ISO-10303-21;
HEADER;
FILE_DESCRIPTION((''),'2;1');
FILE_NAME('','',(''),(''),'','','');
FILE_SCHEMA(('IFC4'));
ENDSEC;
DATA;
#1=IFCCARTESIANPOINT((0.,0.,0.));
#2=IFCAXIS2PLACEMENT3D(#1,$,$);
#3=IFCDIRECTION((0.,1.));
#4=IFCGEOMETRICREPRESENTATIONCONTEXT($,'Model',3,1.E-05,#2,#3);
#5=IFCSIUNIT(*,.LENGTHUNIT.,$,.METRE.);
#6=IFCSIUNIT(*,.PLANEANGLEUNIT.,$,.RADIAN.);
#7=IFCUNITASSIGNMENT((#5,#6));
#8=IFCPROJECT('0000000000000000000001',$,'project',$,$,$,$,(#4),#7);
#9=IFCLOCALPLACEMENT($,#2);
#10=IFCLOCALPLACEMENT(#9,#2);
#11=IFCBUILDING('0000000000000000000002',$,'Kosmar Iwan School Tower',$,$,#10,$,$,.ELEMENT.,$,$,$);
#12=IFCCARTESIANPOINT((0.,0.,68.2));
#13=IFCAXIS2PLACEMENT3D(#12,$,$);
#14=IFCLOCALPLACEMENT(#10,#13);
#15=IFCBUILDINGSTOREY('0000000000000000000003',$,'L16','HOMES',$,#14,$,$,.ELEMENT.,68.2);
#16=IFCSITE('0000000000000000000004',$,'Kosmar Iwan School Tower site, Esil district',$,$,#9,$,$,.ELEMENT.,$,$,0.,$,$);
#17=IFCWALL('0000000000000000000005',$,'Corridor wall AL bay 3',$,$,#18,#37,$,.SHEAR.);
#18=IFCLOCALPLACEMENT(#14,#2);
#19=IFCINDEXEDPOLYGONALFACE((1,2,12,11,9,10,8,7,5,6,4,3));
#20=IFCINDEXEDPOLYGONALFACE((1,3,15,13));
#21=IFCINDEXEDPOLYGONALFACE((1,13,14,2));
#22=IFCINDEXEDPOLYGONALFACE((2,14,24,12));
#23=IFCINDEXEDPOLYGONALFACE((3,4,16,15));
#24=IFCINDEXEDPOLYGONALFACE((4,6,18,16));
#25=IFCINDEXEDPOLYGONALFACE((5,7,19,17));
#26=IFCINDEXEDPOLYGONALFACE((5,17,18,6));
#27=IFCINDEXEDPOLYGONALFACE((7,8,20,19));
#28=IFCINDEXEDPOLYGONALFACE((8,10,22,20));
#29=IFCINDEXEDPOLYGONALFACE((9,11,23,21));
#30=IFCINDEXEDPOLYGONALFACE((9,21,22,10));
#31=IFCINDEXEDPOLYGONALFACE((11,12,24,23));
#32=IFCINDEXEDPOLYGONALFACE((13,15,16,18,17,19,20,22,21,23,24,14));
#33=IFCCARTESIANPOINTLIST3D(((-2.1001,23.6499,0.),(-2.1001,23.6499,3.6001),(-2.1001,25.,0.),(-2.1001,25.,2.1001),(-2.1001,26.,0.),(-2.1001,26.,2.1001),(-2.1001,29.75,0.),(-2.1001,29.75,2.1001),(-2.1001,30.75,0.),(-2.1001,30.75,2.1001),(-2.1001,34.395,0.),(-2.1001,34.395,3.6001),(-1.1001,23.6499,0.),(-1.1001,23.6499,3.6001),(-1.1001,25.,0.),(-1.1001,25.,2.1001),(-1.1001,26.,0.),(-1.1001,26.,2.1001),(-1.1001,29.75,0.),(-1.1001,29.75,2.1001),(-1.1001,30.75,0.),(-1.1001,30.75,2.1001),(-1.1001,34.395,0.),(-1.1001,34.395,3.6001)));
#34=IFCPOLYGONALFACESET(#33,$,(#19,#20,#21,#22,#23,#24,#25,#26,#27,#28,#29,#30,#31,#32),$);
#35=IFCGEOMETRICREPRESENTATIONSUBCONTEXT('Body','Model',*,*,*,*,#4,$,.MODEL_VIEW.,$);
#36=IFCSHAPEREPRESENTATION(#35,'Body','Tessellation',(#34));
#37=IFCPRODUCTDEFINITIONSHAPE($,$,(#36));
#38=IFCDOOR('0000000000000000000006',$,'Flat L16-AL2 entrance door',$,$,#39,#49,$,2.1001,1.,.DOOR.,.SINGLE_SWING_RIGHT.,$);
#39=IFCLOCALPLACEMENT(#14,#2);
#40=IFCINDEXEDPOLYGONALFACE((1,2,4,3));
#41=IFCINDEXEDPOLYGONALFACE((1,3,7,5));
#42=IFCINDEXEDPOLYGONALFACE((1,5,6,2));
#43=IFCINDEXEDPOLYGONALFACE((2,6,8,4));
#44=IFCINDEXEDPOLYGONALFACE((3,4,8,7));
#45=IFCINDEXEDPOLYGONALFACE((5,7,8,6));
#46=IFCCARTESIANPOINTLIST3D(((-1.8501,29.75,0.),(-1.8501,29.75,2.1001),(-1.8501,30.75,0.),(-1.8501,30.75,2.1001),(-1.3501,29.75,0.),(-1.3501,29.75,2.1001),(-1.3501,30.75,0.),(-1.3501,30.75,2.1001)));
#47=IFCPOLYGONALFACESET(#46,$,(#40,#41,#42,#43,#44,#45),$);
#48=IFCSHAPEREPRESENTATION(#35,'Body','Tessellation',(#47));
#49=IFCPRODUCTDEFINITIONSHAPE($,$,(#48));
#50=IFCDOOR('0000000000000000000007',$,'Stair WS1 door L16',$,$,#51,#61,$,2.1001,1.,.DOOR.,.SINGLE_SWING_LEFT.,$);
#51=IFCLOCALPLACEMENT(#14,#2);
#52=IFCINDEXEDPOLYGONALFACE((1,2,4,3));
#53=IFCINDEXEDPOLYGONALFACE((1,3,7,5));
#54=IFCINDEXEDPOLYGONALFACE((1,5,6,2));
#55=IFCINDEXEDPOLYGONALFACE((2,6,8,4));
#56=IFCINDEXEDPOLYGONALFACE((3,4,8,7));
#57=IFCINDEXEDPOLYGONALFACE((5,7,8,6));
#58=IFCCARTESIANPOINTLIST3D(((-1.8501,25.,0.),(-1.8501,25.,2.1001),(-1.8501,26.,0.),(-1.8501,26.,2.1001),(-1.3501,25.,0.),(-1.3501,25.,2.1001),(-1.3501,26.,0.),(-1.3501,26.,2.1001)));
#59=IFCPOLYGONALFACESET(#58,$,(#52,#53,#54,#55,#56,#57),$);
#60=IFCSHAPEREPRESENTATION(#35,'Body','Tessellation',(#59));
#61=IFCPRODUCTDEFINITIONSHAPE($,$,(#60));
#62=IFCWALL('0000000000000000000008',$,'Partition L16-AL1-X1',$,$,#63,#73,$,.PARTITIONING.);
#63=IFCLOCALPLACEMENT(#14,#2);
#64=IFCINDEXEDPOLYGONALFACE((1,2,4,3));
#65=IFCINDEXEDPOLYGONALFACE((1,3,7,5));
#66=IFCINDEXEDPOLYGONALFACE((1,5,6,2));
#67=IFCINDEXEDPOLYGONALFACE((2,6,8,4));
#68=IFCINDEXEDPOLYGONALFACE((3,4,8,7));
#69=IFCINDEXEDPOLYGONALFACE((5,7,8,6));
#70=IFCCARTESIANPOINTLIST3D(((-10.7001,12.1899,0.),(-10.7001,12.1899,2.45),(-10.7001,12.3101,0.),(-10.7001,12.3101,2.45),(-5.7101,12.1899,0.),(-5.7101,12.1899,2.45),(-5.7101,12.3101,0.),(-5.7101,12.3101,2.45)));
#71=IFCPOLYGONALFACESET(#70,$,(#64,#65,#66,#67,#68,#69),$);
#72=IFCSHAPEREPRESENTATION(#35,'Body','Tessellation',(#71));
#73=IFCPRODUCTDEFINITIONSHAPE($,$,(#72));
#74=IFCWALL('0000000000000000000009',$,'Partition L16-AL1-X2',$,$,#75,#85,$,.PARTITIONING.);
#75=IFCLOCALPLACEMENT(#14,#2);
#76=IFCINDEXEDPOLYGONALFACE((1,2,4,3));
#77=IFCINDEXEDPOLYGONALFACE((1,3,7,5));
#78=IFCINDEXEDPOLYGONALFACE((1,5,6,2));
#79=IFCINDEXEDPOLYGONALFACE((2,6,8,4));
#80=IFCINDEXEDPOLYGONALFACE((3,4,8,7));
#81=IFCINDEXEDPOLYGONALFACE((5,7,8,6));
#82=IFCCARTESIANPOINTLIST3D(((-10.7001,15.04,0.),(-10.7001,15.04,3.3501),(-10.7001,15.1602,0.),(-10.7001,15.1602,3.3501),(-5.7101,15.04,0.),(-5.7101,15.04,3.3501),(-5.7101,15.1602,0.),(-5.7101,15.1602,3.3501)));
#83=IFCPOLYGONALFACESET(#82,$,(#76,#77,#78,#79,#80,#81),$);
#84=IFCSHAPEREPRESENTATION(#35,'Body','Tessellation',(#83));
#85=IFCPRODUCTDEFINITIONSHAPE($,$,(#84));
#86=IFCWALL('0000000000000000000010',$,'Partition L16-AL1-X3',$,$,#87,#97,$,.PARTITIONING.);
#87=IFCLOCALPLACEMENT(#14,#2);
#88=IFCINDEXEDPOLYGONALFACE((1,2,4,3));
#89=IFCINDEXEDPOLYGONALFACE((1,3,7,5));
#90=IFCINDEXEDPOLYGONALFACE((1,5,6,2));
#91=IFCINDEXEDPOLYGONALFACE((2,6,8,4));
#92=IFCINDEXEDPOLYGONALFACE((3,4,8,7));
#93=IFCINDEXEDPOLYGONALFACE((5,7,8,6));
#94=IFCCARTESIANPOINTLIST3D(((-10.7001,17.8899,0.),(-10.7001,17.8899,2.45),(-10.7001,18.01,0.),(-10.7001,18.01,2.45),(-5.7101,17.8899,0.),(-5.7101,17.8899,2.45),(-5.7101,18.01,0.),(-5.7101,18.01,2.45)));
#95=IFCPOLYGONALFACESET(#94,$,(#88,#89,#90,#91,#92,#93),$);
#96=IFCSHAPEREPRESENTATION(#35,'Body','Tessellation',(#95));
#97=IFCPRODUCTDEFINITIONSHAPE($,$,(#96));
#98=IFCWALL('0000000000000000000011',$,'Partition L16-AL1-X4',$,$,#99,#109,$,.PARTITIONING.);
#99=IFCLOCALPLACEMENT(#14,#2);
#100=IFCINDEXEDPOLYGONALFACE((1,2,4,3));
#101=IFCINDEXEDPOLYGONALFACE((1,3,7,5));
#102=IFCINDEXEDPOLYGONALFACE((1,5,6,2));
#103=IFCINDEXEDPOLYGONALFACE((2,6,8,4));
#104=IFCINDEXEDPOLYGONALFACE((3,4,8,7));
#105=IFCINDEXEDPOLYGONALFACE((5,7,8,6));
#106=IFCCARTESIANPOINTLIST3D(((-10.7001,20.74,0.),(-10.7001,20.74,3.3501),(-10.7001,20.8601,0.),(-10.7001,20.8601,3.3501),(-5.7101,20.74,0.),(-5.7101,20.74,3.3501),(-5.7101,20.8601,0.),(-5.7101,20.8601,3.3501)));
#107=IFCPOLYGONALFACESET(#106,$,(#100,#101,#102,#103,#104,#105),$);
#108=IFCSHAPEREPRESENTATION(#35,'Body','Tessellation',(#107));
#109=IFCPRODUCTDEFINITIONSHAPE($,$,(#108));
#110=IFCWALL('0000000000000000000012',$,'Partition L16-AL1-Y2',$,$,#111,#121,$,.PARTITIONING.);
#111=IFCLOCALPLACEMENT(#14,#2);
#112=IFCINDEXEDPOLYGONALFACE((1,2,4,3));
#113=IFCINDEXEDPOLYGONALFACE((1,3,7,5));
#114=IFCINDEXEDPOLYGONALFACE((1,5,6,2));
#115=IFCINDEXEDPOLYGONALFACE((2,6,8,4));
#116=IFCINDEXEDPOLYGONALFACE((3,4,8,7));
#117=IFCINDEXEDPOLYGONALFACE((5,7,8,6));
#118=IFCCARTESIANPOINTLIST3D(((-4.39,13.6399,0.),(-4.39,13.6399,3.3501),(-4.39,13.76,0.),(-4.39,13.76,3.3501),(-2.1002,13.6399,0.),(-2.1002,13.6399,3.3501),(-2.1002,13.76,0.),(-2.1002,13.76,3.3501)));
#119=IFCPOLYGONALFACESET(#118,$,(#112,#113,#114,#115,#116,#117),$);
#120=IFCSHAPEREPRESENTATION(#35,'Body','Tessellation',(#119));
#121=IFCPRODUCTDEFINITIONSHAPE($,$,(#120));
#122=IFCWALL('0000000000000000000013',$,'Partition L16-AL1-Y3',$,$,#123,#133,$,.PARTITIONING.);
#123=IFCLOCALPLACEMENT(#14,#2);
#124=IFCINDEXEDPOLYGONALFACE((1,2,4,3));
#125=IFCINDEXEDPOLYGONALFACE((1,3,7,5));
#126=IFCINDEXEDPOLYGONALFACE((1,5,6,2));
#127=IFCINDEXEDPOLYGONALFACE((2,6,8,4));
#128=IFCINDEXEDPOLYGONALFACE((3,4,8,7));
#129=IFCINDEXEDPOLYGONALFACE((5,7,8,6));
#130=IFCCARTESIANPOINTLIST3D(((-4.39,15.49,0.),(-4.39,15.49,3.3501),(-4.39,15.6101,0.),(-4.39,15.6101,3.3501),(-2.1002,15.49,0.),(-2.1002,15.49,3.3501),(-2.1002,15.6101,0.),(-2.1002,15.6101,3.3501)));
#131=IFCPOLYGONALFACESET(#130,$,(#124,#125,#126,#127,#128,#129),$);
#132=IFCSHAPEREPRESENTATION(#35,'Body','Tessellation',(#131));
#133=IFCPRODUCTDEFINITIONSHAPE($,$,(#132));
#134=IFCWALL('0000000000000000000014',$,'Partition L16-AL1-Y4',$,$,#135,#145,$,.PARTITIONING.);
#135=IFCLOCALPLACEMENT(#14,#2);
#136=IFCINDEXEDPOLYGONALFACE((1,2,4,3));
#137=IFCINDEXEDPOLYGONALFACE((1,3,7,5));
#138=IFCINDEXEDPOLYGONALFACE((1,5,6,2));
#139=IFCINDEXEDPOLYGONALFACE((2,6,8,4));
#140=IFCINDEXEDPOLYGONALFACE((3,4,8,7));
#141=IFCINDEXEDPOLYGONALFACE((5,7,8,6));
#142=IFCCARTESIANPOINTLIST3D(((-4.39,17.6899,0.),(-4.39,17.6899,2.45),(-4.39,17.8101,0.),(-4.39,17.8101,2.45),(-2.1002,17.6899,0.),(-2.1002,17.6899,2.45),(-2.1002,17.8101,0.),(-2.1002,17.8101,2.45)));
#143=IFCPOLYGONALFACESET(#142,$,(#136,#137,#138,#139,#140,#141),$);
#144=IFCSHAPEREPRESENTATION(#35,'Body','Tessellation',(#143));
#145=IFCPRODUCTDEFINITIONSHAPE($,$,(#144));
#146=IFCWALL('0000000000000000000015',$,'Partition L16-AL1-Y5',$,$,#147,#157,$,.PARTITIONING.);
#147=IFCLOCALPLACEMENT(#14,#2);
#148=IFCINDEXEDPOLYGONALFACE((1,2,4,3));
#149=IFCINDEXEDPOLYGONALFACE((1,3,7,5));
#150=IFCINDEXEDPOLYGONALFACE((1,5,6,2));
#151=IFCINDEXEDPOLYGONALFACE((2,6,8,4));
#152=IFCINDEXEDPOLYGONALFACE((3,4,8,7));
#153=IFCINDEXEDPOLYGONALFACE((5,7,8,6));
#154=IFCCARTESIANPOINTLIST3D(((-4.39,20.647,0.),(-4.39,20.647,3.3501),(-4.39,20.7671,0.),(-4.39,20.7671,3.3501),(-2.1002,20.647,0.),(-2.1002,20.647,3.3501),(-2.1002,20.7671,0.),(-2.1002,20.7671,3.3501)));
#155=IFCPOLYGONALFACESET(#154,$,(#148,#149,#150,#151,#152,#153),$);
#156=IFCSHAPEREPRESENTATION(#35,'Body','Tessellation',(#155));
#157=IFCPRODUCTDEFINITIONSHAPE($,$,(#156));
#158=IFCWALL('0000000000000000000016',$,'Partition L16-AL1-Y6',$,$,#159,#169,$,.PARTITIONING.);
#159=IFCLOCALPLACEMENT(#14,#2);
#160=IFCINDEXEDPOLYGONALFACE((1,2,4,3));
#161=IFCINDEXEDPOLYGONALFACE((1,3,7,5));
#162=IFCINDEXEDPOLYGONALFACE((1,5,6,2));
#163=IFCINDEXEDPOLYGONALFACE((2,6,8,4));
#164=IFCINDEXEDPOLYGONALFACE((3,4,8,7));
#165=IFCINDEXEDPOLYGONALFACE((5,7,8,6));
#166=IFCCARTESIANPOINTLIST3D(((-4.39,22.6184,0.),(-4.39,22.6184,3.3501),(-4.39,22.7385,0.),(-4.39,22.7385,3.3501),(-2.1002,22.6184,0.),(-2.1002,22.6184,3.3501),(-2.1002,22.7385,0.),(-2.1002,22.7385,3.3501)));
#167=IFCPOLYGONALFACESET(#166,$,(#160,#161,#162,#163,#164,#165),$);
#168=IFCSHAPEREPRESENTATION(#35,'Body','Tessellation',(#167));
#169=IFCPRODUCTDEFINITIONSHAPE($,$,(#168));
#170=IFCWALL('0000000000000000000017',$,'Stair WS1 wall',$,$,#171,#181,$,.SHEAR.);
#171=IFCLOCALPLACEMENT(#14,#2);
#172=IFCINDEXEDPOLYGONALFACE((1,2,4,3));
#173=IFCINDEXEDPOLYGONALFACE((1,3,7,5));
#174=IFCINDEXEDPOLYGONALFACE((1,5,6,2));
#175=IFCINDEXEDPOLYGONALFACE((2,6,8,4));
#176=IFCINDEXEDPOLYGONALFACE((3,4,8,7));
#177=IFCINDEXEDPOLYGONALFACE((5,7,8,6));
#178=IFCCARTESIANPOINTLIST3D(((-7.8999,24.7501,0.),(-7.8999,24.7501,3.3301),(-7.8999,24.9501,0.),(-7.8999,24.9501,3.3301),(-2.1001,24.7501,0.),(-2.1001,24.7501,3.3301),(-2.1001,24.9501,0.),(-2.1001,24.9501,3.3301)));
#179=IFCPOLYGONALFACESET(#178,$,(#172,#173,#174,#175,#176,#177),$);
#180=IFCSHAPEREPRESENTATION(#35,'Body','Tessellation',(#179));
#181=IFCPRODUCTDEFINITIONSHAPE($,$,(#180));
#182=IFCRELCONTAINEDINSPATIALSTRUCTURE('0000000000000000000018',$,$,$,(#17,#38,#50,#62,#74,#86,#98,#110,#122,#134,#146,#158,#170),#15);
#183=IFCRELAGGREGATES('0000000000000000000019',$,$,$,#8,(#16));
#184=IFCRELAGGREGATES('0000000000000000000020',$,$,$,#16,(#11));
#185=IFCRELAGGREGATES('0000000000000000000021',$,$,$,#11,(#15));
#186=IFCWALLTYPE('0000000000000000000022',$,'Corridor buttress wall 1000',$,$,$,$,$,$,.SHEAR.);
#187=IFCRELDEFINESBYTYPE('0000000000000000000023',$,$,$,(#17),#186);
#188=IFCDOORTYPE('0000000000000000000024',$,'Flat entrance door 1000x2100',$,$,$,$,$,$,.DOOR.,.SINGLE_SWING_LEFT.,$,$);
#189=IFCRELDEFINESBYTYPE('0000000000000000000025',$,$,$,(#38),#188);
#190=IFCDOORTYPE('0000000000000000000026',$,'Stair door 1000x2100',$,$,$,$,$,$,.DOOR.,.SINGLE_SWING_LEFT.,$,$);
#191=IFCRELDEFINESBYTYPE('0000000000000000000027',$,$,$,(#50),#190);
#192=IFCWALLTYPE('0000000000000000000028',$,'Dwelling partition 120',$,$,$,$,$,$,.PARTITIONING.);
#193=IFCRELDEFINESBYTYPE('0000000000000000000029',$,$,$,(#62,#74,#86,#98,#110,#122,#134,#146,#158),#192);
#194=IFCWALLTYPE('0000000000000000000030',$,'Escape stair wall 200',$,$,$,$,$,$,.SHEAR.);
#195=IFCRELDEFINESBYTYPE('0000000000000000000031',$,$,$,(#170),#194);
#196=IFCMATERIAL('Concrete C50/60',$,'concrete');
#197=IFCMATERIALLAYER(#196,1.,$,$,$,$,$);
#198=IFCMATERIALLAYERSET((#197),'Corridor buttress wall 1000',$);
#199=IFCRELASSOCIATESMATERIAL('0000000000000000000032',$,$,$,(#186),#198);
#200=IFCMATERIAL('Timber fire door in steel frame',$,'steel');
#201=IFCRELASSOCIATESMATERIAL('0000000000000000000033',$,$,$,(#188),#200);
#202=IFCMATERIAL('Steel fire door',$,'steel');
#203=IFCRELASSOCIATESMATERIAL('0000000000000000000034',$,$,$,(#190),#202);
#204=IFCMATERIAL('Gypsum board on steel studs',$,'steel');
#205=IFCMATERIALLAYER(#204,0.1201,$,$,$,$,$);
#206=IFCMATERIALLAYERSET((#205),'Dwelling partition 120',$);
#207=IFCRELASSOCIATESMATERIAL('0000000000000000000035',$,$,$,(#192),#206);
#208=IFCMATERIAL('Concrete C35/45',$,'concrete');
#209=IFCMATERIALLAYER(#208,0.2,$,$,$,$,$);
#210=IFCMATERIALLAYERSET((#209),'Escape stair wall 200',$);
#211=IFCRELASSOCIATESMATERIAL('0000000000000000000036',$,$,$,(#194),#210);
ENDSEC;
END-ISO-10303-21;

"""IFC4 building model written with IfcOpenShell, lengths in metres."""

from ifc_helpers import new_model, si_unit, direction, frame, frame_2d, origin, place, context, subcontext, project, spatial, rectangle, extrude, material, layer, layer_set, type_object, element, fill, save


model = new_model("IFC4")

# Units and contexts
model_context = context("Model", 3, precision=1e-05, world=origin(), true_north=direction((0.0, 1.0)))
body_context = subcontext(model_context, "Body", "Model", "MODEL_VIEW")
ifc_project = project(units=[si_unit("LENGTHUNIT", "METRE"), si_unit("PLANEANGLEUNIT", "RADIAN")], contexts=[model_context])

# Site, building, storey
site_placement = place(None, origin())
site = spatial("IfcSite", under=ifc_project, at=site_placement, Name="Kosmar Iwan School Tower site, Esil district", CompositionType="ELEMENT", RefElevation=0.0)
building_placement = place(site_placement, origin())
building = spatial("IfcBuilding", under=site, at=building_placement, Name="Kosmar Iwan School Tower", CompositionType="ELEMENT")
storey_placement = place(building_placement, frame((0.0, 0.0, 68.2)))
storey = spatial("IfcBuildingStorey", under=building, at=storey_placement, Name="L16", Description="HOMES", CompositionType="ELEMENT", Elevation=68.2)

# Shared definitions
ifc_material_1 = material(Name="Concrete C50/60", Category="concrete")
ifc_layer_1 = layer(ifc_material_1, 1.0)
ifc_layer_set_1 = layer_set([ifc_layer_1], Name="Corridor buttress wall 1000")
wall_type_1 = type_object("IfcWallType", Name="Corridor buttress wall 1000", PredefinedType="SHEAR", material=ifc_layer_set_1)

# Wall, openings, doors
wall_1_placement = place(storey_placement, frame((-1.6001, 23.6499, 0.0), z_axis=(0.0, 0.0, 1.0), x_axis=(0.0, 1.0, 0.0)))
wall_1 = element("IfcWall", 1, at=wall_1_placement, inside=storey, type_object=wall_type_1, Name="Corridor wall AL bay 3", PredefinedType="SHEAR", context=body_context, shape_type="SweptSolid", body=[
    extrude(rectangle(XDim=10.7451, YDim=1.0, at=frame_2d((5.3726, 0.0))), origin(), (0.0, 0.0, 1.0), 3.6001),
])
opening_1_placement = place(wall_1_placement, frame((6.1001, 0.0, 0.0)))
opening_1 = element("IfcOpeningElement", 2, at=opening_1_placement, cuts=wall_1, PredefinedType="OPENING", context=body_context, shape_type="SweptSolid", body=[
    extrude(rectangle(XDim=1.0, YDim=2.1001, at=frame_2d((0.5, 1.05))), frame((0.0, 0.512, 0.0), z_axis=(0.0, -1.0, 0.0), x_axis=(1.0, 0.0, 0.0)), (0.0, 0.0, 1.0), 1.0239),
])
opening_2_placement = place(wall_1_placement, frame((1.3501, 0.0, 0.0)))
opening_2 = element("IfcOpeningElement", 3, at=opening_2_placement, cuts=wall_1, PredefinedType="OPENING", context=body_context, shape_type="SweptSolid", body=[
    extrude(rectangle(XDim=1.0, YDim=2.1001, at=frame_2d((0.5, 1.05))), frame((0.0, 0.512, 0.0), z_axis=(0.0, -1.0, 0.0), x_axis=(1.0, 0.0, 0.0)), (0.0, 0.0, 1.0), 1.0239),
])
ifc_material_2 = material(Name="Timber fire door in steel frame", Category="steel")
door_type_1 = type_object("IfcDoorType", Name="Flat entrance door 1000x2100", OperationType="SINGLE_SWING_LEFT", PredefinedType="DOOR", material=ifc_material_2)
door_1_placement = place(opening_1_placement, origin())
door_1 = element("IfcDoor", 4, at=door_1_placement, inside=storey, type_object=door_type_1, Name="Flat L16-AL2 entrance door", OperationType="SINGLE_SWING_RIGHT", OverallHeight=2.1001, OverallWidth=1.0, PredefinedType="DOOR", context=body_context, shape_type="SweptSolid", body=[
    extrude(rectangle(XDim=1.0, YDim=2.1001, at=frame_2d((0.5, 1.05))), frame((0.0, 0.25, 0.0), z_axis=(0.0, -1.0, 0.0), x_axis=(1.0, 0.0, 0.0)), (0.0, 0.0, 1.0), 0.5),
])
fill(opening_1, door_1)
ifc_material_3 = material(Name="Steel fire door", Category="steel")
door_type_2 = type_object("IfcDoorType", Name="Stair door 1000x2100", OperationType="SINGLE_SWING_LEFT", PredefinedType="DOOR", material=ifc_material_3)
door_2_placement = place(opening_2_placement, origin())
door_2 = element("IfcDoor", 5, at=door_2_placement, inside=storey, type_object=door_type_2, Name="Stair WS1 door L16", OperationType="SINGLE_SWING_LEFT", OverallHeight=2.1001, OverallWidth=1.0, PredefinedType="DOOR", context=body_context, shape_type="SweptSolid", body=[
    extrude(rectangle(XDim=1.0, YDim=2.1001, at=frame_2d((0.5, 1.05))), frame((0.0, 0.25, 0.0), z_axis=(0.0, -1.0, 0.0), x_axis=(1.0, 0.0, 0.0)), (0.0, 0.0, 1.0), 0.5),
])
fill(opening_2, door_2)

# Walls
ifc_material_4 = material(Name="Gypsum board on steel studs", Category="steel")
ifc_layer_2 = layer(ifc_material_4, 0.1201)
ifc_layer_set_2 = layer_set([ifc_layer_2], Name="Dwelling partition 120")
wall_type_2 = type_object("IfcWallType", Name="Dwelling partition 120", PredefinedType="PARTITIONING", material=ifc_layer_set_2)
wall_2_placement = place(storey_placement, frame((-5.71, 12.25, 0.0), z_axis=(0.0, 0.0, 1.0), x_axis=(-1.0, 0.0, 0.0)))
element("IfcWall", 6, at=wall_2_placement, inside=storey, type_object=wall_type_2, Name="Partition L16-AL1-X1", PredefinedType="PARTITIONING", context=body_context, shape_type="SweptSolid", body=[
    extrude(rectangle(XDim=4.99, YDim=0.1201, at=frame_2d((2.4951, 0.0))), origin(), (0.0, 0.0, 1.0), 2.45),
])
wall_3_placement = place(storey_placement, frame((-5.71, 15.1001, 0.0), z_axis=(0.0, 0.0, 1.0), x_axis=(-1.0, 0.0, 0.0)))
element("IfcWall", 7, at=wall_3_placement, inside=storey, type_object=wall_type_2, Name="Partition L16-AL1-X2", PredefinedType="PARTITIONING", context=body_context, shape_type="SweptSolid", body=[
    extrude(rectangle(XDim=4.99, YDim=0.1201, at=frame_2d((2.4951, 0.0))), origin(), (0.0, 0.0, 1.0), 3.3501),
])
wall_4_placement = place(storey_placement, frame((-5.71, 17.95, 0.0), z_axis=(0.0, 0.0, 1.0), x_axis=(-1.0, 0.0, 0.0)))
element("IfcWall", 8, at=wall_4_placement, inside=storey, type_object=wall_type_2, Name="Partition L16-AL1-X3", PredefinedType="PARTITIONING", context=body_context, shape_type="SweptSolid", body=[
    extrude(rectangle(XDim=4.99, YDim=0.1201, at=frame_2d((2.4951, 0.0))), origin(), (0.0, 0.0, 1.0), 2.45),
])
wall_5_placement = place(storey_placement, frame((-5.71, 20.8, 0.0), z_axis=(0.0, 0.0, 1.0), x_axis=(-1.0, 0.0, 0.0)))
element("IfcWall", 9, at=wall_5_placement, inside=storey, type_object=wall_type_2, Name="Partition L16-AL1-X4", PredefinedType="PARTITIONING", context=body_context, shape_type="SweptSolid", body=[
    extrude(rectangle(XDim=4.99, YDim=0.1201, at=frame_2d((2.4951, 0.0))), origin(), (0.0, 0.0, 1.0), 3.3501),
])
for number, where, z_axis, x_axis, name in (
    (10, (-2.1001, 13.7, 0.0), (0.0, 0.0, 1.0), (-1.0, 0.0, 0.0), "Partition L16-AL1-Y2"),
    (11, (-2.1001, 15.55, 0.0), (0.0, 0.0, 1.0), (-1.0, 0.0, 0.0), "Partition L16-AL1-Y3"),
):
    element("IfcWall", number, at=place(storey_placement, frame(where, z_axis=z_axis, x_axis=x_axis)), inside=storey, type_object=wall_type_2, Name=name, PredefinedType="PARTITIONING", context=body_context, shape_type="SweptSolid", body=[
        extrude(rectangle(XDim=2.2898, YDim=0.1201, at=frame_2d((1.145, 0.0))), origin(), (0.0, 0.0, 1.0), 3.3501),
    ])
wall_6_placement = place(storey_placement, frame((-2.1001, 17.75, 0.0), z_axis=(0.0, 0.0, 1.0), x_axis=(-1.0, 0.0, 0.0)))
element("IfcWall", 12, at=wall_6_placement, inside=storey, type_object=wall_type_2, Name="Partition L16-AL1-Y4", PredefinedType="PARTITIONING", context=body_context, shape_type="SweptSolid", body=[
    extrude(rectangle(XDim=2.2898, YDim=0.1201, at=frame_2d((1.145, 0.0))), origin(), (0.0, 0.0, 1.0), 2.45),
])
for number, where, z_axis, x_axis, name in (
    (13, (-2.1001, 20.707, 0.0), (0.0, 0.0, 1.0), (-1.0, 0.0, 0.0), "Partition L16-AL1-Y5"),
    (14, (-2.1001, 22.6785, 0.0), (0.0, 0.0, 1.0), (-1.0, 0.0, 0.0), "Partition L16-AL1-Y6"),
):
    element("IfcWall", number, at=place(storey_placement, frame(where, z_axis=z_axis, x_axis=x_axis)), inside=storey, type_object=wall_type_2, Name=name, PredefinedType="PARTITIONING", context=body_context, shape_type="SweptSolid", body=[
        extrude(rectangle(XDim=2.2898, YDim=0.1201, at=frame_2d((1.145, 0.0))), origin(), (0.0, 0.0, 1.0), 3.3501),
    ])
ifc_material_5 = material(Name="Concrete C35/45", Category="concrete")
ifc_layer_3 = layer(ifc_material_5, 0.2)
ifc_layer_set_3 = layer_set([ifc_layer_3], Name="Escape stair wall 200")
wall_type_3 = type_object("IfcWallType", Name="Escape stair wall 200", PredefinedType="SHEAR", material=ifc_layer_set_3)
wall_7_placement = place(storey_placement, frame((-2.1001, 24.8501, 0.0), z_axis=(0.0, 0.0, 1.0), x_axis=(-1.0, 0.0, 0.0)))
element("IfcWall", 15, at=wall_7_placement, inside=storey, type_object=wall_type_3, Name="Stair WS1 wall", PredefinedType="SHEAR", context=body_context, shape_type="SweptSolid", body=[
    extrude(rectangle(XDim=5.7998, YDim=0.2, at=frame_2d((2.8999, 0.0))), origin(), (0.0, 0.0, 1.0), 3.3301),
])

save(model, "model.ifc")
